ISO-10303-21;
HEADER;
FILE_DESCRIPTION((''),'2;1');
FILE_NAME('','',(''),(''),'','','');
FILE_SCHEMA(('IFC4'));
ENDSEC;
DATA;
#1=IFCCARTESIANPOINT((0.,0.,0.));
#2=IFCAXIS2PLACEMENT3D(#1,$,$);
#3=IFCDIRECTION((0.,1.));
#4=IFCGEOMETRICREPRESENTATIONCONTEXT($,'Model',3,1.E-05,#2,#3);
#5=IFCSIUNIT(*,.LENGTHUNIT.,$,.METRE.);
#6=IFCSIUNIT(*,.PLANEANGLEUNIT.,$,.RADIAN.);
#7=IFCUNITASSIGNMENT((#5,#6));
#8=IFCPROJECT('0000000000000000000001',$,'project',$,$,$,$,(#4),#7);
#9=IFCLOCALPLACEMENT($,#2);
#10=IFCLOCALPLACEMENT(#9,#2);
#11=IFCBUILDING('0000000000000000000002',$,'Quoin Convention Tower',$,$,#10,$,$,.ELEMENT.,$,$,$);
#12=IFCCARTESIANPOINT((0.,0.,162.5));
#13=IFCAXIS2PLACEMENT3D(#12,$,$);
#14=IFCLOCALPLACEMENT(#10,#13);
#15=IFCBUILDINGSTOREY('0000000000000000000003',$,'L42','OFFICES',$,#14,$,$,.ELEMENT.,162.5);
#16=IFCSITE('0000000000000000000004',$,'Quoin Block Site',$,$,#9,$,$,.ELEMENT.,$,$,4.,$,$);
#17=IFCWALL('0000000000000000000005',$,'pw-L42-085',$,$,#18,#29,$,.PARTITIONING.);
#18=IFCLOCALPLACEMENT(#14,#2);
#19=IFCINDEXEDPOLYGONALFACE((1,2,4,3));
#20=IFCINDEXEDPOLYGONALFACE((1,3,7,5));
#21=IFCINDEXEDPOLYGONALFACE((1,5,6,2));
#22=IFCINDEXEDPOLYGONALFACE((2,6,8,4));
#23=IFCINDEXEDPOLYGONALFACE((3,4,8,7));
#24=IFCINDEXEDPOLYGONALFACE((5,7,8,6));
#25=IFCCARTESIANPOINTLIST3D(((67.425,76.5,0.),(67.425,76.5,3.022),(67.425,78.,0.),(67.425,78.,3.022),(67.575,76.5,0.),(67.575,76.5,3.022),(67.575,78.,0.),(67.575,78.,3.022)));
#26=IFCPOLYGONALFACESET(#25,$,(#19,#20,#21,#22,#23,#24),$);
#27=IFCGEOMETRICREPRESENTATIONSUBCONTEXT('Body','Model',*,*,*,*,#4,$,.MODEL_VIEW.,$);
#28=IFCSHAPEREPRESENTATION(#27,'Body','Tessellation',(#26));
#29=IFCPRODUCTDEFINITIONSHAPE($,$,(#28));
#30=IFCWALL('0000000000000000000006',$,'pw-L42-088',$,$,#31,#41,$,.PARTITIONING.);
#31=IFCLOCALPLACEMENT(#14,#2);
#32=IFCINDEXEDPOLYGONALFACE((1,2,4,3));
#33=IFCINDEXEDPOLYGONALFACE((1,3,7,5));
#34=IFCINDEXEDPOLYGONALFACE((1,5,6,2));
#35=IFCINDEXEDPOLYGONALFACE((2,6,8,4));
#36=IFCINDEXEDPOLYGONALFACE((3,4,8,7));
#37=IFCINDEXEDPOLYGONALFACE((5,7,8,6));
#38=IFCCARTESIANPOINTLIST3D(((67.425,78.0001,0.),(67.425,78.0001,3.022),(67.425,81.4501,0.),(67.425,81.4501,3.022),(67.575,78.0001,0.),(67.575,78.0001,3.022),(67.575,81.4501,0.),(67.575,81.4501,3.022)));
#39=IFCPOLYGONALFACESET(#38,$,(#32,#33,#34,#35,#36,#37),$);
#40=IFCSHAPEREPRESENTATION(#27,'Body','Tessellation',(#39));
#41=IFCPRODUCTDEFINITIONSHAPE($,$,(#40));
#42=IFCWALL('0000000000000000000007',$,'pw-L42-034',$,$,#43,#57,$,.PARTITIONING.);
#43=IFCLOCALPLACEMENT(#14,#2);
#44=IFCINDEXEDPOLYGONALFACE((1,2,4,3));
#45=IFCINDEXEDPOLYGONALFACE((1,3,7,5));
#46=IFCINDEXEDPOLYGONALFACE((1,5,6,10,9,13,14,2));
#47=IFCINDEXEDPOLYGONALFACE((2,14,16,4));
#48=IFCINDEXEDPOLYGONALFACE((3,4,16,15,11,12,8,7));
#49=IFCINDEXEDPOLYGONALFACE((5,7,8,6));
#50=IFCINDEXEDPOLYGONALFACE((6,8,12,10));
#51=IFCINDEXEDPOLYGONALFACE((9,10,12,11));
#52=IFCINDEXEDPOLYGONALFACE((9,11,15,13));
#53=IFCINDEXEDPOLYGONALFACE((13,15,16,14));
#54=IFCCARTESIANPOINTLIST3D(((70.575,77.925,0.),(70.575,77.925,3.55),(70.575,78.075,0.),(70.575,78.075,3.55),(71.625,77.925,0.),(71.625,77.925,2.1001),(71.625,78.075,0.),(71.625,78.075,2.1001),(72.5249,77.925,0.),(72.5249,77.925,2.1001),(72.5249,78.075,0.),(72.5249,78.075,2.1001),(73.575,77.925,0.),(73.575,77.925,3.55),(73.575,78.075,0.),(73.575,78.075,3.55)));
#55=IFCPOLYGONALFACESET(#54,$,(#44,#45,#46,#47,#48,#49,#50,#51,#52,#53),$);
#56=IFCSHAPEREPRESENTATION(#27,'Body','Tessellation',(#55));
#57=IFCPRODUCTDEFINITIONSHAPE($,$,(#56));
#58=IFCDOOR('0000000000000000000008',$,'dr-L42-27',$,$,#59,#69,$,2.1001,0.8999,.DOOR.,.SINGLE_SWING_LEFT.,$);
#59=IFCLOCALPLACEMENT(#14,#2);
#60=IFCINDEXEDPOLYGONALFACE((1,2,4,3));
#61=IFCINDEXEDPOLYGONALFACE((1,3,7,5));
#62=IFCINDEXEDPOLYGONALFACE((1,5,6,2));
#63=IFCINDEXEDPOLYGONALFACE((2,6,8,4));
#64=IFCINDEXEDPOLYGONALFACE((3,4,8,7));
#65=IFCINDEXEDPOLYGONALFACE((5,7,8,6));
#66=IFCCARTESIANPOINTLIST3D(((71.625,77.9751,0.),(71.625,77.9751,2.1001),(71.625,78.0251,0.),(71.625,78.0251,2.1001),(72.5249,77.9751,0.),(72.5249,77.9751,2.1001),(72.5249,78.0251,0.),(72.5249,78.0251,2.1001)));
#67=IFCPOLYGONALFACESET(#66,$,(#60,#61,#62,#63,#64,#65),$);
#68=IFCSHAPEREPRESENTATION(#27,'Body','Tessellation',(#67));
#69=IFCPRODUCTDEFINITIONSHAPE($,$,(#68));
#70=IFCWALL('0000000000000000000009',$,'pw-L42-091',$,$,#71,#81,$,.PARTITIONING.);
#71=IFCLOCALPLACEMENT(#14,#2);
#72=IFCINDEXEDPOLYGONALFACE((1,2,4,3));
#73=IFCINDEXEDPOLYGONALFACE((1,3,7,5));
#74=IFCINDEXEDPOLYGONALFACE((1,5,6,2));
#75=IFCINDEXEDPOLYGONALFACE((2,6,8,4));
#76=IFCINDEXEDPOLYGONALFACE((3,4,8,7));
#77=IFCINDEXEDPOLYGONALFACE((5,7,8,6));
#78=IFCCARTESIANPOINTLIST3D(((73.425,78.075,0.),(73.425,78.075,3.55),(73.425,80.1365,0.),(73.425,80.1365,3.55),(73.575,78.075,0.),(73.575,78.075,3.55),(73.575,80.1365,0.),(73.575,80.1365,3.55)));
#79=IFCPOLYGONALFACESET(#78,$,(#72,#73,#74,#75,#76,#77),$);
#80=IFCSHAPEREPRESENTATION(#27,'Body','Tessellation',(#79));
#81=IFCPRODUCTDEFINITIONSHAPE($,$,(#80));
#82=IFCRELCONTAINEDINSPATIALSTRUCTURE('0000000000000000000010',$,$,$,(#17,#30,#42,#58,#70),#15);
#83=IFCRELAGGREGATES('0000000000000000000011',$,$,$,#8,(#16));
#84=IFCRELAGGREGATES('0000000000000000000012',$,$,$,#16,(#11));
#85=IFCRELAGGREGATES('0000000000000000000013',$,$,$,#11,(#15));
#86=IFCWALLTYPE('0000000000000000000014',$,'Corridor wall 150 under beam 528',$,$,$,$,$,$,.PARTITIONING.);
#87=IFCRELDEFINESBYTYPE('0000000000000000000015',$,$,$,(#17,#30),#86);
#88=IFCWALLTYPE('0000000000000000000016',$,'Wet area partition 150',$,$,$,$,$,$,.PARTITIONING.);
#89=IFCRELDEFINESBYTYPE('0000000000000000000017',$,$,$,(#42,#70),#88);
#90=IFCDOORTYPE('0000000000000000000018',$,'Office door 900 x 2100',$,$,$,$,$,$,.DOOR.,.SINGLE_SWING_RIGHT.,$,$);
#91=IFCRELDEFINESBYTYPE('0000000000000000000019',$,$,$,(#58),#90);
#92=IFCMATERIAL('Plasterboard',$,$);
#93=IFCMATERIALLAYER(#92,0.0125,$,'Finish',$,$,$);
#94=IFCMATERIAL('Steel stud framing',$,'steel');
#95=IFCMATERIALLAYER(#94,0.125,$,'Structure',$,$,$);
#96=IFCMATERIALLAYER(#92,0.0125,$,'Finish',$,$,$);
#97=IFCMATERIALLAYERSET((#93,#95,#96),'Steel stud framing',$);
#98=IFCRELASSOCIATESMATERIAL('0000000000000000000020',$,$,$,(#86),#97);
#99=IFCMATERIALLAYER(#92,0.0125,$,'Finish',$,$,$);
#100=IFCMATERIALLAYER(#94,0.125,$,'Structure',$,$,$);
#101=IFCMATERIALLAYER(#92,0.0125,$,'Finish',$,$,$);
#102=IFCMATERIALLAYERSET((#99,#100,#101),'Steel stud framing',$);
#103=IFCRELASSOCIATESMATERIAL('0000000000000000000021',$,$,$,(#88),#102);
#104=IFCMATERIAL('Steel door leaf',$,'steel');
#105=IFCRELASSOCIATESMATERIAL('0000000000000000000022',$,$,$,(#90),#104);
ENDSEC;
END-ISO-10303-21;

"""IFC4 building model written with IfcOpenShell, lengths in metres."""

from ifc_helpers import new_model, si_unit, direction, frame, frame_2d, origin, place, context, subcontext, project, spatial, rectangle, extrude, material, layer, layer_set, type_object, element, fill, save


model = new_model("IFC4")

# Units and contexts
model_context = context("Model", 3, precision=1e-05, world=origin(), true_north=direction((0.0, 1.0)))
body_context = subcontext(model_context, "Body", "Model", "MODEL_VIEW")
ifc_project = project(units=[si_unit("LENGTHUNIT", "METRE"), si_unit("PLANEANGLEUNIT", "RADIAN")], contexts=[model_context])

# Site, building, storey
site_placement = place(None, origin())
site = spatial("IfcSite", under=ifc_project, at=site_placement, Name="Quoin Block Site", CompositionType="ELEMENT", RefElevation=4.0)
building_placement = place(site_placement, origin())
building = spatial("IfcBuilding", under=site, at=building_placement, Name="Quoin Convention Tower", CompositionType="ELEMENT")
storey_placement = place(building_placement, frame((0.0, 0.0, 162.5)))
storey = spatial("IfcBuildingStorey", under=building, at=storey_placement, Name="L42", Description="OFFICES", CompositionType="ELEMENT", Elevation=162.5)

# Shared definitions
ifc_material_1 = material(Name="Plasterboard")
ifc_material_2 = material(Name="Steel stud framing", Category="steel")

# Shared definitions
ifc_layer_1 = layer(ifc_material_1, 0.0125, Name="Finish")
ifc_layer_2 = layer(ifc_material_2, 0.125, Name="Structure")
ifc_layer_3 = layer(ifc_material_1, 0.0125, Name="Finish")
ifc_layer_set_1 = layer_set([ifc_layer_1, ifc_layer_2, ifc_layer_3], Name="Steel stud framing")
wall_type_1 = type_object("IfcWallType", Name="Corridor wall 150 under beam 528", PredefinedType="PARTITIONING", material=ifc_layer_set_1)
ifc_material_3 = material(Name="Steel door leaf", Category="steel")

# Walls
wall_1_placement = place(storey_placement, frame((67.5, 76.5, 0.0), z_axis=(0.0, 0.0, 1.0), x_axis=(0.0, 1.0, 0.0)))
element("IfcWall", 1, at=wall_1_placement, inside=storey, type_object=wall_type_1, Name="pw-L42-085", PredefinedType="PARTITIONING", context=body_context, shape_type="SweptSolid", body=[
    extrude(rectangle(XDim=1.5, YDim=0.1499, at=frame_2d((0.75, 0.0))), origin(), (0.0, 0.0, 1.0), 3.022),
])
wall_2_placement = place(storey_placement, frame((67.5, 78.0, 0.0), z_axis=(0.0, 0.0, 1.0), x_axis=(0.0, 1.0, 0.0)))
element("IfcWall", 2, at=wall_2_placement, inside=storey, type_object=wall_type_1, Name="pw-L42-088", PredefinedType="PARTITIONING", context=body_context, shape_type="SweptSolid", body=[
    extrude(rectangle(XDim=3.45, YDim=0.1499, at=frame_2d((1.7251, 0.0))), origin(), (0.0, 0.0, 1.0), 3.022),
])

# Wall, opening, door
ifc_layer_4 = layer(ifc_material_1, 0.0125, Name="Finish")
ifc_layer_5 = layer(ifc_material_2, 0.125, Name="Structure")
ifc_layer_6 = layer(ifc_material_1, 0.0125, Name="Finish")
ifc_layer_set_2 = layer_set([ifc_layer_4, ifc_layer_5, ifc_layer_6], Name="Steel stud framing")
wall_type_2 = type_object("IfcWallType", Name="Wet area partition 150", PredefinedType="PARTITIONING", material=ifc_layer_set_2)
wall_3_placement = place(storey_placement, frame((70.575, 78.0, 0.0), z_axis=(0.0, 0.0, 1.0), x_axis=(1.0, 0.0, 0.0)))
wall_3 = element("IfcWall", 3, at=wall_3_placement, inside=storey, type_object=wall_type_2, Name="pw-L42-034", PredefinedType="PARTITIONING", context=body_context, shape_type="SweptSolid", body=[
    extrude(rectangle(XDim=3.0, YDim=0.1499, at=frame_2d((1.5, 0.0))), origin(), (0.0, 0.0, 1.0), 3.55),
])
opening_1_placement = place(wall_3_placement, frame((1.05, 0.0, 0.0)))
opening_1 = element("IfcOpeningElement", 4, at=opening_1_placement, cuts=wall_3, PredefinedType="OPENING", context=body_context, shape_type="SweptSolid", body=[
    extrude(rectangle(XDim=0.8999, YDim=2.1001, at=frame_2d((0.45, 1.05))), frame((0.0, 0.085, 0.0), z_axis=(0.0, -1.0, 0.0), x_axis=(1.0, 0.0, 0.0)), (0.0, 0.0, 1.0), 0.1699),
])
door_type_1 = type_object("IfcDoorType", Name="Office door 900 x 2100", OperationType="SINGLE_SWING_RIGHT", PredefinedType="DOOR", material=ifc_material_3)
door_1_placement = place(opening_1_placement, frame((0.8999, 0.0, 0.0), z_axis=(0.0, 0.0, 1.0), x_axis=(-1.0, 0.0, 0.0)))
door_1 = element("IfcDoor", 5, at=door_1_placement, inside=storey, type_object=door_type_1, Name="dr-L42-27", OperationType="SINGLE_SWING_LEFT", OverallHeight=2.1001, OverallWidth=0.8999, PredefinedType="DOOR", context=body_context, shape_type="SweptSolid", body=[
    extrude(rectangle(XDim=0.8999, YDim=2.1001, at=frame_2d((0.45, 1.05))), frame((0.0, 0.0249, 0.0), z_axis=(0.0, -1.0, 0.0), x_axis=(1.0, 0.0, 0.0)), (0.0, 0.0, 1.0), 0.05),
])
fill(opening_1, door_1)

# Wall
wall_4_placement = place(storey_placement, frame((73.5, 78.075, 0.0), z_axis=(0.0, 0.0, 1.0), x_axis=(0.0, 1.0, 0.0)))
element("IfcWall", 6, at=wall_4_placement, inside=storey, type_object=wall_type_2, Name="pw-L42-091", PredefinedType="PARTITIONING", context=body_context, shape_type="SweptSolid", body=[
    extrude(rectangle(XDim=2.0615, YDim=0.1499, at=frame_2d((1.0308, 0.0))), origin(), (0.0, 0.0, 1.0), 3.55),
])

save(model, "model.ifc")
